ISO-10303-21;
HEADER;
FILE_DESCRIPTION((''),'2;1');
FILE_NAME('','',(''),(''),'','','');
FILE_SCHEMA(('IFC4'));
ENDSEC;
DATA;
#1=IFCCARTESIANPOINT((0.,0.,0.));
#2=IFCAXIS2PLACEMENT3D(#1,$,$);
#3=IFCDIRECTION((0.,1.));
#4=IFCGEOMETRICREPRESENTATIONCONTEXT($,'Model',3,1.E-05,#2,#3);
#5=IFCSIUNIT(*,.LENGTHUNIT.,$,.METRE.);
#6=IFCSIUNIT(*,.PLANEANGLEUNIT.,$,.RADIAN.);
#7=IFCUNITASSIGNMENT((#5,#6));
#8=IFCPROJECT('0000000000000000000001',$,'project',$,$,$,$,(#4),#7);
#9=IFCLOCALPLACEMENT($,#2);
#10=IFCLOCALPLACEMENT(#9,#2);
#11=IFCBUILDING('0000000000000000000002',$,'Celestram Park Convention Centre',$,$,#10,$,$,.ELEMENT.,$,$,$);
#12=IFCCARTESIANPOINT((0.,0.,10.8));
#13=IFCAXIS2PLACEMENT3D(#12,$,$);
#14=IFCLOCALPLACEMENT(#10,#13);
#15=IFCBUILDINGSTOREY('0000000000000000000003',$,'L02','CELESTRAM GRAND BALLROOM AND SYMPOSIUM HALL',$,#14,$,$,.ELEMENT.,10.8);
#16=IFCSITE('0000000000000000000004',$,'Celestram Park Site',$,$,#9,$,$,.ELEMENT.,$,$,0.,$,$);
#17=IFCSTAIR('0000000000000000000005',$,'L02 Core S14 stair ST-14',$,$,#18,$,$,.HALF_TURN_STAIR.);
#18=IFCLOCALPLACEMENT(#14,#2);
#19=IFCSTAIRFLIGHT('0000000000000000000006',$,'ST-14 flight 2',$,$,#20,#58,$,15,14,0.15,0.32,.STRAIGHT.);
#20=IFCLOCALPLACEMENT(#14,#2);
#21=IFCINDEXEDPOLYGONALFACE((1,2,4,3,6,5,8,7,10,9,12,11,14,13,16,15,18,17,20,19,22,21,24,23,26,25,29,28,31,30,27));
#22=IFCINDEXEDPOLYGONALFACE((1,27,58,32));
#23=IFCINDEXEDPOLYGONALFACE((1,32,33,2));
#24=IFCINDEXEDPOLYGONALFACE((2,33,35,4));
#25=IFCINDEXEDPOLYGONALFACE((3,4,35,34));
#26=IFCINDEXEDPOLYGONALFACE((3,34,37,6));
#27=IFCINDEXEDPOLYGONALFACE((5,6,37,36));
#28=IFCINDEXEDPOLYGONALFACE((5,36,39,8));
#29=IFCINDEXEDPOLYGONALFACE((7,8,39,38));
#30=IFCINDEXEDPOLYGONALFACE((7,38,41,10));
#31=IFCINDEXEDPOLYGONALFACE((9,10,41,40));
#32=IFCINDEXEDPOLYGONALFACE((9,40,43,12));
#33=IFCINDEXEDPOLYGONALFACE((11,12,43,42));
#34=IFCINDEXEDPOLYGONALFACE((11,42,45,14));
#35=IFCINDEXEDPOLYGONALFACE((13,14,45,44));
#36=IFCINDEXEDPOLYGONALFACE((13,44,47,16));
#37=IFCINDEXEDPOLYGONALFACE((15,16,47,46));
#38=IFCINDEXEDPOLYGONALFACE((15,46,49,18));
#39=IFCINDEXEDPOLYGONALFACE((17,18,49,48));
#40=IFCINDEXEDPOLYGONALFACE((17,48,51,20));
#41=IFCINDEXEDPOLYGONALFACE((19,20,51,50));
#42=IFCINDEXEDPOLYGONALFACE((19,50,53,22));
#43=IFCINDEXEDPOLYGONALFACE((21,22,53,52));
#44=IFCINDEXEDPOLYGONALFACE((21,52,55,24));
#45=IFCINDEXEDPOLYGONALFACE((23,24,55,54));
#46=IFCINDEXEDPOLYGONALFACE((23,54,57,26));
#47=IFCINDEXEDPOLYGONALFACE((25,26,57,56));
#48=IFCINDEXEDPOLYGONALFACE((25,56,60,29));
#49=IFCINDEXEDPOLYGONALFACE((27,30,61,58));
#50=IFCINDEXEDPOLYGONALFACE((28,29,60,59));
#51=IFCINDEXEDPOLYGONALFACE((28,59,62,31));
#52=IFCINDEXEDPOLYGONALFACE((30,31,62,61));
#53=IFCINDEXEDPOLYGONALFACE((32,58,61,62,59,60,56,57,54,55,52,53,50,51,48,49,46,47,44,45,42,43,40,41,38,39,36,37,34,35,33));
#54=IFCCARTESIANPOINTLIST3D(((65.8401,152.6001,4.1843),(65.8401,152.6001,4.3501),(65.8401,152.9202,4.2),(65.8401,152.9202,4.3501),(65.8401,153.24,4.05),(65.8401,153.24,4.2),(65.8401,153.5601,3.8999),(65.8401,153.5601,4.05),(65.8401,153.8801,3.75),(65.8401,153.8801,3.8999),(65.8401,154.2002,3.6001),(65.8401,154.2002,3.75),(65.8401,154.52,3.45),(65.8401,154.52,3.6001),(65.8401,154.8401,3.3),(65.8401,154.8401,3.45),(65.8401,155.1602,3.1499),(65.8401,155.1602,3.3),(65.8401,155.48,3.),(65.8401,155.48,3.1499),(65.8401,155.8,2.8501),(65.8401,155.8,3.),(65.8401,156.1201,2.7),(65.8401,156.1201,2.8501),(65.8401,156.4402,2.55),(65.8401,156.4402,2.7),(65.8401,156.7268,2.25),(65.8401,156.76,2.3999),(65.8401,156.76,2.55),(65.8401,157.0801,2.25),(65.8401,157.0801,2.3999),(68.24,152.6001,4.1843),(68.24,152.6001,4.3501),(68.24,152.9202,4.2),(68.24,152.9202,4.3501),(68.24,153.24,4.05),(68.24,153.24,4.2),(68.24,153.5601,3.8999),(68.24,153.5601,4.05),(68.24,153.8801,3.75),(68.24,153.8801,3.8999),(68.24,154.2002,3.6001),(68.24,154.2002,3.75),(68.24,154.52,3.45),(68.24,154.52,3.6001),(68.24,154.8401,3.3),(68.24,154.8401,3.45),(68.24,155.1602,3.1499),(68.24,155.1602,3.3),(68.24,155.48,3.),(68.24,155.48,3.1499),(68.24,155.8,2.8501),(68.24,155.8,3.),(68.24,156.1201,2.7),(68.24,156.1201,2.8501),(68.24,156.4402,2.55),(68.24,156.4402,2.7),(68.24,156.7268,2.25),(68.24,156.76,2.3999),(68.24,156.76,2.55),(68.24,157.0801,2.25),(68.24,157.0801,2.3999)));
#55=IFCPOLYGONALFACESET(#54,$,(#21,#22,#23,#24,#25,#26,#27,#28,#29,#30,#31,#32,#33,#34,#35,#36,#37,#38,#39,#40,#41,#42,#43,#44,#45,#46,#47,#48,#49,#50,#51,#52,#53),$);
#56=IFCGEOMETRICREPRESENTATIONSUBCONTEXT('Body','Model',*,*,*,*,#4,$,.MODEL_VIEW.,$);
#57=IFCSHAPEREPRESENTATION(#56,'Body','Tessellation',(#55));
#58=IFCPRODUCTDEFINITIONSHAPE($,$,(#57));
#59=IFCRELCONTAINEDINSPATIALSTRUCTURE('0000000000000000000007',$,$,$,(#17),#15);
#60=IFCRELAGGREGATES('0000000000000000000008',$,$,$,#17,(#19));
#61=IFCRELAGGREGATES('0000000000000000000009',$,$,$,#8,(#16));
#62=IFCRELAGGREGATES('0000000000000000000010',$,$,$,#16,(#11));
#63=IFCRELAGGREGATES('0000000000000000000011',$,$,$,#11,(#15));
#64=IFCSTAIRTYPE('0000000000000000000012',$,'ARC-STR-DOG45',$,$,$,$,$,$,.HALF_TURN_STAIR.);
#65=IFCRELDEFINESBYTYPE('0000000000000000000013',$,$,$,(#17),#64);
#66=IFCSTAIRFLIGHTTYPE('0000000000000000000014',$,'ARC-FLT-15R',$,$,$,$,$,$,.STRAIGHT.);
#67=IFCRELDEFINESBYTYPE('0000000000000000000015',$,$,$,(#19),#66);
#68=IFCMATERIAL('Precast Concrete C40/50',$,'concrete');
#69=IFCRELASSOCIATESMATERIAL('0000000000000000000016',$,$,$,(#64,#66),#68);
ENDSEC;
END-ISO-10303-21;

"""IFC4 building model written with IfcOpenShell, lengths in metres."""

from ifc_helpers import new_model, si_unit, direction, frame, origin, place, context, subcontext, project, spatial, polyline, outline, extrude, material, type_object, element, aggregate, save


model = new_model("IFC4")

# Units and contexts
model_context = context("Model", 3, precision=1e-05, world=origin(), true_north=direction((0.0, 1.0)))
body_context = subcontext(model_context, "Body", "Model", "MODEL_VIEW")
ifc_project = project(units=[si_unit("LENGTHUNIT", "METRE"), si_unit("PLANEANGLEUNIT", "RADIAN")], contexts=[model_context])

# Site, building, storey
site_placement = place(None, origin())
site = spatial("IfcSite", under=ifc_project, at=site_placement, Name="Celestram Park Site", CompositionType="ELEMENT", RefElevation=0.0)
building_placement = place(site_placement, origin())
building = spatial("IfcBuilding", under=site, at=building_placement, Name="Celestram Park Convention Centre", CompositionType="ELEMENT")
storey_placement = place(building_placement, frame((0.0, 0.0, 10.8)))
storey = spatial("IfcBuildingStorey", under=building, at=storey_placement, Name="L02", Description="CELESTRAM GRAND BALLROOM AND SYMPOSIUM HALL", CompositionType="ELEMENT", Elevation=10.8)

# Stair, stair flight
ifc_material_1 = material(Name="Precast Concrete C40/50", Category="concrete")
stair_type = type_object("IfcStairType", Name="ARC-STR-DOG45", PredefinedType="HALF_TURN_STAIR", material=ifc_material_1)
stair_placement = place(storey_placement, origin())
stair = element("IfcStair", 1, at=stair_placement, inside=storey, type_object=stair_type, Name="L02 Core S14 stair ST-14", PredefinedType="HALF_TURN_STAIR")
stair_flight_type = type_object("IfcStairFlightType", Name="ARC-FLT-15R", PredefinedType="STRAIGHT", material=ifc_material_1)
stair_flight_1_placement = place(storey_placement, frame((67.04, 157.0801, 2.25), z_axis=(0.0, 0.0, 1.0), x_axis=(0.0, -1.0, 0.0)))
stair_flight_1 = element("IfcStairFlight", 2, at=stair_flight_1_placement, type_object=stair_flight_type, Name="ST-14 flight 2", NumberOfRisers=15, NumberOfTreads=14, PredefinedType="STRAIGHT", RiserHeight=0.15, TreadLength=0.32, context=body_context, shape_type="SweptSolid", body=[
    extrude(outline(polyline([(0.0, 0.0), (0.0, 0.1499), (0.3201, 0.1499), (0.3201, 0.3), (0.6399, 0.3), (0.6399, 0.45), (0.96, 0.45), (0.96, 0.6001), (1.28, 0.6001), (1.28, 0.75), (1.6001, 0.75), (1.6001, 0.8999), (1.9199, 0.8999), (1.9199, 1.05), (2.24, 1.05), (2.24, 1.2), (2.5601, 1.2), (2.5601, 1.3501), (2.8799, 1.3501), (2.8799, 1.5), (3.2, 1.5), (3.2, 1.6499), (3.52, 1.6499), (3.52, 1.8), (3.8401, 1.8), (3.8401, 1.95), (4.1599, 1.95), (4.1599, 2.1001), (4.48, 2.1001), (4.48, 2.25), (4.48, 1.9343), (0.3533, 0.0), (0.0, 0.0)])), frame((0.0, 1.2, 0.0), z_axis=(0.0, -1.0, 0.0), x_axis=(1.0, 0.0, 0.0)), (0.0, 0.0, 1.0), 2.3999),
])
aggregate(stair, [stair_flight_1])

save(model, "model.ifc")
